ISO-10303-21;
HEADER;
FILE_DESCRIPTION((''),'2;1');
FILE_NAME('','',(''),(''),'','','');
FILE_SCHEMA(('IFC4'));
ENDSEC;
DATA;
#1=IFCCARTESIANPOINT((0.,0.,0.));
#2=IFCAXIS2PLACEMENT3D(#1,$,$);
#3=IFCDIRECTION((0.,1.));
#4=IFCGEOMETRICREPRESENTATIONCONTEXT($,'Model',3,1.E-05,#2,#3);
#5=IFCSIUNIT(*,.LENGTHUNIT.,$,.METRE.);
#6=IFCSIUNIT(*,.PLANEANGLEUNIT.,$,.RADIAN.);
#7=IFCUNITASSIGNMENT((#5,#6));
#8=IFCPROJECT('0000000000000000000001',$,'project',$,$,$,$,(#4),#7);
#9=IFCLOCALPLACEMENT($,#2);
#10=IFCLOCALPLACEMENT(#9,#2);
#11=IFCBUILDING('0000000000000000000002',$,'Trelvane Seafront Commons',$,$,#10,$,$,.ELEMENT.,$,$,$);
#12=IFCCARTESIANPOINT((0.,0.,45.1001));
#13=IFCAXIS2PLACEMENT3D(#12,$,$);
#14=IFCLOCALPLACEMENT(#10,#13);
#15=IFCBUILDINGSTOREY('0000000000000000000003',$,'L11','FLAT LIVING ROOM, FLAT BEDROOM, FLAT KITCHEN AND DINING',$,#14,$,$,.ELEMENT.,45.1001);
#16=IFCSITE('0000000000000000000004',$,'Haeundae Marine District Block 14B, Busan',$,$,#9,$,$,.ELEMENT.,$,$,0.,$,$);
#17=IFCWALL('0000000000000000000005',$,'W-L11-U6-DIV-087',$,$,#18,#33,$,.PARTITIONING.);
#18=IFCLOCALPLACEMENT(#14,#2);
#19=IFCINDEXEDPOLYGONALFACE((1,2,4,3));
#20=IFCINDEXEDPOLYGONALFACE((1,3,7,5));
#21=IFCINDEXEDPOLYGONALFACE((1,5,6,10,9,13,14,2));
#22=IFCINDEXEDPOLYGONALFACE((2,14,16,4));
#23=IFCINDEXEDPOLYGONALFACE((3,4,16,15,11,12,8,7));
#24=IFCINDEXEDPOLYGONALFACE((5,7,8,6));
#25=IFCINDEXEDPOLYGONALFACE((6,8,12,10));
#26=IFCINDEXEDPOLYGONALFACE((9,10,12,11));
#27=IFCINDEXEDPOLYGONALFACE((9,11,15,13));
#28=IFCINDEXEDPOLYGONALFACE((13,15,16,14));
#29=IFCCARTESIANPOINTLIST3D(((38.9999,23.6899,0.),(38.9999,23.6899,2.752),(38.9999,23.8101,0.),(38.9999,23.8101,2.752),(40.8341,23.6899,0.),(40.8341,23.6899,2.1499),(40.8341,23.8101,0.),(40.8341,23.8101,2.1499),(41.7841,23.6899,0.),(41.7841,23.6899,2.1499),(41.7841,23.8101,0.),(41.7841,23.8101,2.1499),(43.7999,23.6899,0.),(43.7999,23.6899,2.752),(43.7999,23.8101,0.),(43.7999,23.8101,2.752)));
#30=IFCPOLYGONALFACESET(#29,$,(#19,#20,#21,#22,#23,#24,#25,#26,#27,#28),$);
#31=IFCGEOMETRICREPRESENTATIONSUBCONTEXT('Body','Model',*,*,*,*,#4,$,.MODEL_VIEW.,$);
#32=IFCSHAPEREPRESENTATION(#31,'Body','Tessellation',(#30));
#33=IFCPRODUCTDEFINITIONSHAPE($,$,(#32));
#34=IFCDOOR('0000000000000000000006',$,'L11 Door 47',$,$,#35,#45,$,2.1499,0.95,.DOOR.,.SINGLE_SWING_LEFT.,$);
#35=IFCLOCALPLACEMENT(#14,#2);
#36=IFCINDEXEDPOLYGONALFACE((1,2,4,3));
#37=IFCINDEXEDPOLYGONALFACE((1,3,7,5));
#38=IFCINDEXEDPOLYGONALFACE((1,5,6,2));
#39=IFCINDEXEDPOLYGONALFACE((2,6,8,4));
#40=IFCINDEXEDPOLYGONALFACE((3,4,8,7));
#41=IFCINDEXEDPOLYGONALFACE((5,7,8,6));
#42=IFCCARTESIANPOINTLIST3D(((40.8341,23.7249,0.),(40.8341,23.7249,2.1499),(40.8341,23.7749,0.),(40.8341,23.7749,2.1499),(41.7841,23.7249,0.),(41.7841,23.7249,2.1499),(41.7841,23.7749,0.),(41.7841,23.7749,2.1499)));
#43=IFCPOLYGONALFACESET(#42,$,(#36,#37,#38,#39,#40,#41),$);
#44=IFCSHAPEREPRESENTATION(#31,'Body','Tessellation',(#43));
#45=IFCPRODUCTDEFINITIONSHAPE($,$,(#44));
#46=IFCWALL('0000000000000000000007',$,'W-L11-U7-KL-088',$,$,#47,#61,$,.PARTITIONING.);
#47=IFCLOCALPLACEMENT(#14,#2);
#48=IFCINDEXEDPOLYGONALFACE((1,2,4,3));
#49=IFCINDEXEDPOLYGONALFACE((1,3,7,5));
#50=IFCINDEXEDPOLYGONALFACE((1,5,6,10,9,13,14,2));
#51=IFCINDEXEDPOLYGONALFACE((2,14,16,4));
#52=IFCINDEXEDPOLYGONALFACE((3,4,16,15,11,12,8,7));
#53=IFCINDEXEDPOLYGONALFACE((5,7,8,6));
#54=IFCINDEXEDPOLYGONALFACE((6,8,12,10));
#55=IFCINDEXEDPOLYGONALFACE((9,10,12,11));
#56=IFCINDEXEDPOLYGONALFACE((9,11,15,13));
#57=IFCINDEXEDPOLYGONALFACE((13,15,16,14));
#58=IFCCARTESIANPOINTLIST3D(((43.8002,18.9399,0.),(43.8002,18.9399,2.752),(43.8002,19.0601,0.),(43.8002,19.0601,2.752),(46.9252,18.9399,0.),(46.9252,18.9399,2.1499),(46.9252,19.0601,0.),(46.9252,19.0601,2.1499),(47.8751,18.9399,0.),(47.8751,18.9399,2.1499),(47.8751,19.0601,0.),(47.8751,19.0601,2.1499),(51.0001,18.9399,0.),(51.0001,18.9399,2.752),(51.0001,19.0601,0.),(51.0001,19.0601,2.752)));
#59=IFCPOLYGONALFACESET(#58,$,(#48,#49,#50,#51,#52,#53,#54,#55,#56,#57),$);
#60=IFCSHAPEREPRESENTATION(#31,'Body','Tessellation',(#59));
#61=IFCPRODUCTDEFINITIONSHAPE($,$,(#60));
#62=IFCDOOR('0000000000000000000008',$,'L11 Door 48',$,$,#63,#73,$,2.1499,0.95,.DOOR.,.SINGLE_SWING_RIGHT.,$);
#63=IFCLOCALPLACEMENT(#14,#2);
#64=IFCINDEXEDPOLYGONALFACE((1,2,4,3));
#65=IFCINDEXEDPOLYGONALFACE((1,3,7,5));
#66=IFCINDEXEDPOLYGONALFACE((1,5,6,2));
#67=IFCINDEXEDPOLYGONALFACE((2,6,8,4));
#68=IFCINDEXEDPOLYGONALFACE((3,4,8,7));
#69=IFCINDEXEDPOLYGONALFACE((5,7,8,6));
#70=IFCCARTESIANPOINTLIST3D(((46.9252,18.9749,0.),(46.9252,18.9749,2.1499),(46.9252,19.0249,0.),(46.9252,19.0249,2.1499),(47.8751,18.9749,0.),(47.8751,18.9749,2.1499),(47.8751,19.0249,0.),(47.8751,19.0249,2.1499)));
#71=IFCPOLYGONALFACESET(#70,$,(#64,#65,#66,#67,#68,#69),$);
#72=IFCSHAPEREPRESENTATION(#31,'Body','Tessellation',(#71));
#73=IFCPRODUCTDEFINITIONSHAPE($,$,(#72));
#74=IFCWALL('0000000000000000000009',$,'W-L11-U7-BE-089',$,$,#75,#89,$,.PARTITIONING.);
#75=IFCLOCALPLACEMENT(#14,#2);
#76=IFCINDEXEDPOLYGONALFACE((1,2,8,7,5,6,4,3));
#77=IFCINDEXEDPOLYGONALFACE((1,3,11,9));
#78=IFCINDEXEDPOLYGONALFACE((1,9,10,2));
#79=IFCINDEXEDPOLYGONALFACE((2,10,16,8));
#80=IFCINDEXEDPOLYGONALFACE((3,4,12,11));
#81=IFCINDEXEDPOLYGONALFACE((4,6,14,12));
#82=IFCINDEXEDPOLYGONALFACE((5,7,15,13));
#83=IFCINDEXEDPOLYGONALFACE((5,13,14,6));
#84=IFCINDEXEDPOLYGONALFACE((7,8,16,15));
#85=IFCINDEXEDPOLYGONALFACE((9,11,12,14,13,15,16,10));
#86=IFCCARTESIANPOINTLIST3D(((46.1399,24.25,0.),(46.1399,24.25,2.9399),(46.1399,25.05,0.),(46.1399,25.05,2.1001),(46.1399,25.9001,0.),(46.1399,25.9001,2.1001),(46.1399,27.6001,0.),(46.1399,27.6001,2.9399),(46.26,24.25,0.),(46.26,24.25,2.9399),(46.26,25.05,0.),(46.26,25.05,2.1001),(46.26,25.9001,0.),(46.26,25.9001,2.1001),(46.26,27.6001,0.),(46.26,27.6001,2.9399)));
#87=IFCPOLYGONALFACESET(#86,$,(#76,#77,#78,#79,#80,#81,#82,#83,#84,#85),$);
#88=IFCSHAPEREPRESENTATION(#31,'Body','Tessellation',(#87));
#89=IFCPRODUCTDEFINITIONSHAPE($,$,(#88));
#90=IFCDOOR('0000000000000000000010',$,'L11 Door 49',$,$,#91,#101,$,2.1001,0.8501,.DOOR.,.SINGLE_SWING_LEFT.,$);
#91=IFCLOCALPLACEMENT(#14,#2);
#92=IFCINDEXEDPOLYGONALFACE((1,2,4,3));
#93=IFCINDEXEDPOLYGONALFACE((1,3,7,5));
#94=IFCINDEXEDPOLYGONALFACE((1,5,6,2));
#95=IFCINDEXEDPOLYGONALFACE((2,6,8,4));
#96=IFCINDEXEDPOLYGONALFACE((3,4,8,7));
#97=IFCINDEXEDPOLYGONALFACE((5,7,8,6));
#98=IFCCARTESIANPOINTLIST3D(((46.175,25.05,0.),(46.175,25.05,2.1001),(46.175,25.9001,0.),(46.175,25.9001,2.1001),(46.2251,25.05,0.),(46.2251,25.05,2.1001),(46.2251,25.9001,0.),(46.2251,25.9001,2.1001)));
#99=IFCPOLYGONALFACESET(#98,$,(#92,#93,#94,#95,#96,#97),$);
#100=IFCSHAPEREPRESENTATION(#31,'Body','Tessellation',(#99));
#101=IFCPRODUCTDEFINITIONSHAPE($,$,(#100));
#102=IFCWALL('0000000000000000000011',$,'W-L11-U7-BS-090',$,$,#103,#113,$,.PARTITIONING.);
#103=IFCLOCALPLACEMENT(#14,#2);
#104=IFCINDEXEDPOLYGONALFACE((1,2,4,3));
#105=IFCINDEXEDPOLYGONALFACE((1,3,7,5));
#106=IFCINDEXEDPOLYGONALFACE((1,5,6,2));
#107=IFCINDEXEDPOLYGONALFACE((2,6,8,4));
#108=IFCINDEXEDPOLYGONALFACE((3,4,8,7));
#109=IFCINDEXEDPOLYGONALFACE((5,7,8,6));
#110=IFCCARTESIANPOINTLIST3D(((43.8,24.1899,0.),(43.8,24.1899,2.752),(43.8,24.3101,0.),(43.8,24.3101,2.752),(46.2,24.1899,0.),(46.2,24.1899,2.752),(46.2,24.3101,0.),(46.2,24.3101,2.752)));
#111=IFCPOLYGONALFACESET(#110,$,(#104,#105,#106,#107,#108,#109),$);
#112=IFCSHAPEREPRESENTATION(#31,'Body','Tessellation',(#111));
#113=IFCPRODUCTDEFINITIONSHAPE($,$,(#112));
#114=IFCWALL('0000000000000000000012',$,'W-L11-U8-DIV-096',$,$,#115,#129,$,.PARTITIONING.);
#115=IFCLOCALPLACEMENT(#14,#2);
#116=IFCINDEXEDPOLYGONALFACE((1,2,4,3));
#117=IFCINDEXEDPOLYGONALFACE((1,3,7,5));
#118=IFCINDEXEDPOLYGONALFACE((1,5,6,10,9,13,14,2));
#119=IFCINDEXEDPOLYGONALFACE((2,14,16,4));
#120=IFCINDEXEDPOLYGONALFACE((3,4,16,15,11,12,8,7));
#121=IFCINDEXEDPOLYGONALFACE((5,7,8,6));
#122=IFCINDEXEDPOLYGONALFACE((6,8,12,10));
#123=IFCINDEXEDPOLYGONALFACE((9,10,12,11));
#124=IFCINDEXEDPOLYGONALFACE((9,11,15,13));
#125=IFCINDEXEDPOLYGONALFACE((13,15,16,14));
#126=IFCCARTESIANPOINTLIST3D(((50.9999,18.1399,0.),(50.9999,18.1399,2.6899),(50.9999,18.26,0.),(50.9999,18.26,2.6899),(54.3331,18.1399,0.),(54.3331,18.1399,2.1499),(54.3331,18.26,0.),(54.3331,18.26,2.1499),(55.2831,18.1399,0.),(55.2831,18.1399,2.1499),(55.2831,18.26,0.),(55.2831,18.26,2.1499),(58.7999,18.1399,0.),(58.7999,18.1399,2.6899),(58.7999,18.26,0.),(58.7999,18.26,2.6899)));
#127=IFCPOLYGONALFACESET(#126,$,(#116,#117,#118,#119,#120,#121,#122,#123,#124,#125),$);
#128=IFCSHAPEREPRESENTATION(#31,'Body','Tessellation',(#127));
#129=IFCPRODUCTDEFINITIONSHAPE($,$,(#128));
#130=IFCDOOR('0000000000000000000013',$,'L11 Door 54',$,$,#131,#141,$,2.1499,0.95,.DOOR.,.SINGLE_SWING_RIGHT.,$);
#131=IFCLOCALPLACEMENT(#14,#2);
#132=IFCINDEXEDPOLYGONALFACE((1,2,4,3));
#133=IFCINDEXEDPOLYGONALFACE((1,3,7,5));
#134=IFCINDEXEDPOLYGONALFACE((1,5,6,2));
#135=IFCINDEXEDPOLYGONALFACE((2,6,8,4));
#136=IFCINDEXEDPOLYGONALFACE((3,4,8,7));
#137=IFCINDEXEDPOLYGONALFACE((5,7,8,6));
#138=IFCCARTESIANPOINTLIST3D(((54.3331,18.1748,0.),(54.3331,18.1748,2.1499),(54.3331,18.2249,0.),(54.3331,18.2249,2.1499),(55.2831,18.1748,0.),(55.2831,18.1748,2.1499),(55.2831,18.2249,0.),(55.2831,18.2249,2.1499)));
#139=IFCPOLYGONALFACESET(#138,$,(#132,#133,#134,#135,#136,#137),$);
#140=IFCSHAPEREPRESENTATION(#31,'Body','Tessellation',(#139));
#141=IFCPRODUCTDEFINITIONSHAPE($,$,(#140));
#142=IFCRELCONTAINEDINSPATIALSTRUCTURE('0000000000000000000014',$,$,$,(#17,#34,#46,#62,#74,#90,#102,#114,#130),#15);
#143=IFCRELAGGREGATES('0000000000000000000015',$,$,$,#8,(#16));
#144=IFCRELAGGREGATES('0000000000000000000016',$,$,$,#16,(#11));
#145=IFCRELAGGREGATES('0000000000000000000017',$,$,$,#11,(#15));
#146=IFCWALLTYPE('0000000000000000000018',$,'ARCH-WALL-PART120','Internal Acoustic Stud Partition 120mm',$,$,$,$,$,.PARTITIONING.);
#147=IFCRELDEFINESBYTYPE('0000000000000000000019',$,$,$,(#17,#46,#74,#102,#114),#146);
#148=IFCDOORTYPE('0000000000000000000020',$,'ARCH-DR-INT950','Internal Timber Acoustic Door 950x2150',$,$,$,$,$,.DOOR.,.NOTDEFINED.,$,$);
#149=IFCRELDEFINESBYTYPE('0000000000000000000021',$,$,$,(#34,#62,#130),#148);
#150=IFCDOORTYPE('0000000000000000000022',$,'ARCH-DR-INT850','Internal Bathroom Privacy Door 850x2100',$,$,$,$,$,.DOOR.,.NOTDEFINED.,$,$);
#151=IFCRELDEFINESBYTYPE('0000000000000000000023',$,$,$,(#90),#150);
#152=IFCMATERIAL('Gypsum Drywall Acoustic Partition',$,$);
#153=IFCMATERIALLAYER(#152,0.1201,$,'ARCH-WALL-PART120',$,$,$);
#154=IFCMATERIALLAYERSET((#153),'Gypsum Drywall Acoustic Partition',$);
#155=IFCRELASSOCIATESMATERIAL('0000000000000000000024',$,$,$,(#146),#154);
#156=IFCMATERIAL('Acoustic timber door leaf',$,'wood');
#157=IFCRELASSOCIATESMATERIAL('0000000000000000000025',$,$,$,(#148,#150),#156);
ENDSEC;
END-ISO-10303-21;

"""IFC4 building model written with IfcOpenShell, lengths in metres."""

from ifc_helpers import new_model, si_unit, direction, frame, frame_2d, origin, place, context, subcontext, project, spatial, rectangle, extrude, source, transform, mapped, material, layer, layer_set, type_object, element, fill, save


model = new_model("IFC4")

# Units and contexts
model_context = context("Model", 3, precision=1e-05, world=origin(), true_north=direction((0.0, 1.0)))
body_context = subcontext(model_context, "Body", "Model", "MODEL_VIEW")
ifc_project = project(units=[si_unit("LENGTHUNIT", "METRE"), si_unit("PLANEANGLEUNIT", "RADIAN")], contexts=[model_context])

# Site, building, storey
site_placement = place(None, origin())
site = spatial("IfcSite", under=ifc_project, at=site_placement, Name="Haeundae Marine District Block 14B, Busan", CompositionType="ELEMENT", RefElevation=0.0)
building_placement = place(site_placement, origin())
building = spatial("IfcBuilding", under=site, at=building_placement, Name="Trelvane Seafront Commons", CompositionType="ELEMENT")
storey_placement = place(building_placement, frame((0.0, 0.0, 45.1001)))
storey = spatial("IfcBuildingStorey", under=building, at=storey_placement, Name="L11", Description="FLAT LIVING ROOM, FLAT BEDROOM, FLAT KITCHEN AND DINING", CompositionType="ELEMENT", Elevation=45.1001)

# Walls, openings, doors
ifc_material_1 = material(Name="Gypsum Drywall Acoustic Partition")
ifc_layer = layer(ifc_material_1, 0.1201, Name="ARCH-WALL-PART120")
ifc_layer_set = layer_set([ifc_layer], Name="Gypsum Drywall Acoustic Partition")
wall_type = type_object("IfcWallType", Name="ARCH-WALL-PART120", Description="Internal Acoustic Stud Partition 120mm", PredefinedType="PARTITIONING", material=ifc_layer_set)
wall_1_placement = place(storey_placement, frame((39.0, 23.75, 0.0), z_axis=(0.0, 0.0, 1.0), x_axis=(1.0, 0.0, 0.0)))
wall_1 = element("IfcWall", 1, at=wall_1_placement, inside=storey, type_object=wall_type, Name="W-L11-U6-DIV-087", PredefinedType="PARTITIONING", context=body_context, shape_type="SweptSolid", body=[
    extrude(rectangle(XDim=4.8, YDim=0.1201, at=frame_2d((2.3999, 0.0))), origin(), (0.0, 0.0, 1.0), 2.752),
])
opening_1_placement = place(wall_1_placement, frame((1.834, 0.0, 0.0)))
opening_1 = element("IfcOpeningElement", 2, at=opening_1_placement, cuts=wall_1, PredefinedType="OPENING", context=body_context, shape_type="SweptSolid", body=[
    extrude(rectangle(XDim=0.95, YDim=2.1499, at=frame_2d((0.4751, 1.075))), frame((0.0, 0.0701, 0.0), z_axis=(0.0, -1.0, 0.0), x_axis=(1.0, 0.0, 0.0)), (0.0, 0.0, 1.0), 0.1401),
])
ifc_material_2 = material(Name="Acoustic timber door leaf", Category="wood")
door_type_1 = type_object("IfcDoorType", Name="ARCH-DR-INT950", Description="Internal Timber Acoustic Door 950x2150", OperationType="NOTDEFINED", PredefinedType="DOOR", material=ifc_material_2)
shared_shape_1 = source(origin(), body_context, "Body", "SweptSolid", [
    extrude(rectangle(XDim=0.95, YDim=2.1499, at=frame_2d((0.4751, 1.075))), frame((0.0, 0.0249, 0.0), z_axis=(0.0, -1.0, 0.0), x_axis=(1.0, 0.0, 0.0)), (0.0, 0.0, 1.0), 0.05),
])
door_1_placement = place(opening_1_placement, origin())
door_1 = element("IfcDoor", 3, at=door_1_placement, inside=storey, type_object=door_type_1, Name="L11 Door 47", OperationType="SINGLE_SWING_LEFT", OverallHeight=2.1499, OverallWidth=0.95, PredefinedType="DOOR", context=body_context, shape_type="MappedRepresentation", body=[
    mapped(shared_shape_1, transform((0.0, 0.0, 0.0), x_axis=(1.0, 0.0, 0.0), y_axis=(0.0, 1.0, 0.0), z_axis=(0.0, 0.0, 1.0), scale=1.0)),
])
fill(opening_1, door_1)
wall_2_placement = place(storey_placement, frame((43.8, 19.0, 0.0), z_axis=(0.0, 0.0, 1.0), x_axis=(1.0, 0.0, 0.0)))
wall_2 = element("IfcWall", 4, at=wall_2_placement, inside=storey, type_object=wall_type, Name="W-L11-U7-KL-088", PredefinedType="PARTITIONING", context=body_context, shape_type="SweptSolid", body=[
    extrude(rectangle(XDim=7.2, YDim=0.1201, at=frame_2d((3.6001, 0.0))), origin(), (0.0, 0.0, 1.0), 2.752),
])
opening_2_placement = place(wall_2_placement, frame((3.125, 0.0, 0.0)))
opening_2 = element("IfcOpeningElement", 5, at=opening_2_placement, cuts=wall_2, PredefinedType="OPENING", context=body_context, shape_type="SweptSolid", body=[
    extrude(rectangle(XDim=0.95, YDim=2.1499, at=frame_2d((0.4751, 1.075))), frame((0.0, 0.0701, 0.0), z_axis=(0.0, -1.0, 0.0), x_axis=(1.0, 0.0, 0.0)), (0.0, 0.0, 1.0), 0.1401),
])
door_2_placement = place(opening_2_placement, origin())
door_2 = element("IfcDoor", 6, at=door_2_placement, inside=storey, type_object=door_type_1, Name="L11 Door 48", OperationType="SINGLE_SWING_RIGHT", OverallHeight=2.1499, OverallWidth=0.95, PredefinedType="DOOR", context=body_context, shape_type="MappedRepresentation", body=[
    mapped(shared_shape_1, transform((0.0, 0.0, 0.0), x_axis=(1.0, 0.0, 0.0), y_axis=(0.0, 1.0, 0.0), z_axis=(0.0, 0.0, 1.0), scale=1.0)),
])
fill(opening_2, door_2)
wall_3_placement = place(storey_placement, frame((46.2, 24.25, 0.0), z_axis=(0.0, 0.0, 1.0), x_axis=(0.0, 1.0, 0.0)))
wall_3 = element("IfcWall", 7, at=wall_3_placement, inside=storey, type_object=wall_type, Name="W-L11-U7-BE-089", PredefinedType="PARTITIONING", context=body_context, shape_type="SweptSolid", body=[
    extrude(rectangle(XDim=3.3501, YDim=0.1201, at=frame_2d((1.675, 0.0))), origin(), (0.0, 0.0, 1.0), 2.9399),
])
opening_3_placement = place(wall_3_placement, frame((0.8, 0.0, 0.0)))
opening_3 = element("IfcOpeningElement", 8, at=opening_3_placement, cuts=wall_3, PredefinedType="OPENING", context=body_context, shape_type="SweptSolid", body=[
    extrude(rectangle(XDim=0.8501, YDim=2.1001, at=frame_2d((0.425, 1.05))), frame((0.0, 0.0701, 0.0), z_axis=(0.0, -1.0, 0.0), x_axis=(1.0, 0.0, 0.0)), (0.0, 0.0, 1.0), 0.1401),
])
door_type_2 = type_object("IfcDoorType", Name="ARCH-DR-INT850", Description="Internal Bathroom Privacy Door 850x2100", OperationType="NOTDEFINED", PredefinedType="DOOR", material=ifc_material_2)
shared_shape_2 = source(origin(), body_context, "Body", "SweptSolid", [
    extrude(rectangle(XDim=0.8501, YDim=2.1001, at=frame_2d((0.425, 1.05))), frame((0.0, 0.0249, 0.0), z_axis=(0.0, -1.0, 0.0), x_axis=(1.0, 0.0, 0.0)), (0.0, 0.0, 1.0), 0.05),
])
door_3_placement = place(opening_3_placement, origin())
door_3 = element("IfcDoor", 9, at=door_3_placement, inside=storey, type_object=door_type_2, Name="L11 Door 49", OperationType="SINGLE_SWING_LEFT", OverallHeight=2.1001, OverallWidth=0.8501, PredefinedType="DOOR", context=body_context, shape_type="MappedRepresentation", body=[
    mapped(shared_shape_2, transform((0.0, 0.0, 0.0), x_axis=(1.0, 0.0, 0.0), y_axis=(0.0, 1.0, 0.0), z_axis=(0.0, 0.0, 1.0), scale=1.0)),
])
fill(opening_3, door_3)

# Wall
wall_4_placement = place(storey_placement, frame((43.8, 24.25, 0.0), z_axis=(0.0, 0.0, 1.0), x_axis=(1.0, 0.0, 0.0)))
element("IfcWall", 10, at=wall_4_placement, inside=storey, type_object=wall_type, Name="W-L11-U7-BS-090", PredefinedType="PARTITIONING", context=body_context, shape_type="SweptSolid", body=[
    extrude(rectangle(XDim=2.3999, YDim=0.1201, at=frame_2d((1.2, 0.0))), origin(), (0.0, 0.0, 1.0), 2.752),
])

# Wall, opening, door
wall_5_placement = place(storey_placement, frame((51.0, 18.2, 0.0), z_axis=(0.0, 0.0, 1.0), x_axis=(1.0, 0.0, 0.0)))
wall_5 = element("IfcWall", 11, at=wall_5_placement, inside=storey, type_object=wall_type, Name="W-L11-U8-DIV-096", PredefinedType="PARTITIONING", context=body_context, shape_type="SweptSolid", body=[
    extrude(rectangle(XDim=7.8, YDim=0.1201, at=frame_2d((3.8999, 0.0))), origin(), (0.0, 0.0, 1.0), 2.6899),
])
opening_4_placement = place(wall_5_placement, frame((3.333, 0.0, 0.0)))
opening_4 = element("IfcOpeningElement", 12, at=opening_4_placement, cuts=wall_5, PredefinedType="OPENING", context=body_context, shape_type="SweptSolid", body=[
    extrude(rectangle(XDim=0.95, YDim=2.1499, at=frame_2d((0.4751, 1.075))), frame((0.0, 0.0701, 0.0), z_axis=(0.0, -1.0, 0.0), x_axis=(1.0, 0.0, 0.0)), (0.0, 0.0, 1.0), 0.1401),
])
door_4_placement = place(opening_4_placement, origin())
door_4 = element("IfcDoor", 13, at=door_4_placement, inside=storey, type_object=door_type_1, Name="L11 Door 54", OperationType="SINGLE_SWING_RIGHT", OverallHeight=2.1499, OverallWidth=0.95, PredefinedType="DOOR", context=body_context, shape_type="MappedRepresentation", body=[
    mapped(shared_shape_1, transform((0.0, 0.0, 0.0), x_axis=(1.0, 0.0, 0.0), y_axis=(0.0, 1.0, 0.0), z_axis=(0.0, 0.0, 1.0), scale=1.0)),
])
fill(opening_4, door_4)

save(model, "model.ifc")
